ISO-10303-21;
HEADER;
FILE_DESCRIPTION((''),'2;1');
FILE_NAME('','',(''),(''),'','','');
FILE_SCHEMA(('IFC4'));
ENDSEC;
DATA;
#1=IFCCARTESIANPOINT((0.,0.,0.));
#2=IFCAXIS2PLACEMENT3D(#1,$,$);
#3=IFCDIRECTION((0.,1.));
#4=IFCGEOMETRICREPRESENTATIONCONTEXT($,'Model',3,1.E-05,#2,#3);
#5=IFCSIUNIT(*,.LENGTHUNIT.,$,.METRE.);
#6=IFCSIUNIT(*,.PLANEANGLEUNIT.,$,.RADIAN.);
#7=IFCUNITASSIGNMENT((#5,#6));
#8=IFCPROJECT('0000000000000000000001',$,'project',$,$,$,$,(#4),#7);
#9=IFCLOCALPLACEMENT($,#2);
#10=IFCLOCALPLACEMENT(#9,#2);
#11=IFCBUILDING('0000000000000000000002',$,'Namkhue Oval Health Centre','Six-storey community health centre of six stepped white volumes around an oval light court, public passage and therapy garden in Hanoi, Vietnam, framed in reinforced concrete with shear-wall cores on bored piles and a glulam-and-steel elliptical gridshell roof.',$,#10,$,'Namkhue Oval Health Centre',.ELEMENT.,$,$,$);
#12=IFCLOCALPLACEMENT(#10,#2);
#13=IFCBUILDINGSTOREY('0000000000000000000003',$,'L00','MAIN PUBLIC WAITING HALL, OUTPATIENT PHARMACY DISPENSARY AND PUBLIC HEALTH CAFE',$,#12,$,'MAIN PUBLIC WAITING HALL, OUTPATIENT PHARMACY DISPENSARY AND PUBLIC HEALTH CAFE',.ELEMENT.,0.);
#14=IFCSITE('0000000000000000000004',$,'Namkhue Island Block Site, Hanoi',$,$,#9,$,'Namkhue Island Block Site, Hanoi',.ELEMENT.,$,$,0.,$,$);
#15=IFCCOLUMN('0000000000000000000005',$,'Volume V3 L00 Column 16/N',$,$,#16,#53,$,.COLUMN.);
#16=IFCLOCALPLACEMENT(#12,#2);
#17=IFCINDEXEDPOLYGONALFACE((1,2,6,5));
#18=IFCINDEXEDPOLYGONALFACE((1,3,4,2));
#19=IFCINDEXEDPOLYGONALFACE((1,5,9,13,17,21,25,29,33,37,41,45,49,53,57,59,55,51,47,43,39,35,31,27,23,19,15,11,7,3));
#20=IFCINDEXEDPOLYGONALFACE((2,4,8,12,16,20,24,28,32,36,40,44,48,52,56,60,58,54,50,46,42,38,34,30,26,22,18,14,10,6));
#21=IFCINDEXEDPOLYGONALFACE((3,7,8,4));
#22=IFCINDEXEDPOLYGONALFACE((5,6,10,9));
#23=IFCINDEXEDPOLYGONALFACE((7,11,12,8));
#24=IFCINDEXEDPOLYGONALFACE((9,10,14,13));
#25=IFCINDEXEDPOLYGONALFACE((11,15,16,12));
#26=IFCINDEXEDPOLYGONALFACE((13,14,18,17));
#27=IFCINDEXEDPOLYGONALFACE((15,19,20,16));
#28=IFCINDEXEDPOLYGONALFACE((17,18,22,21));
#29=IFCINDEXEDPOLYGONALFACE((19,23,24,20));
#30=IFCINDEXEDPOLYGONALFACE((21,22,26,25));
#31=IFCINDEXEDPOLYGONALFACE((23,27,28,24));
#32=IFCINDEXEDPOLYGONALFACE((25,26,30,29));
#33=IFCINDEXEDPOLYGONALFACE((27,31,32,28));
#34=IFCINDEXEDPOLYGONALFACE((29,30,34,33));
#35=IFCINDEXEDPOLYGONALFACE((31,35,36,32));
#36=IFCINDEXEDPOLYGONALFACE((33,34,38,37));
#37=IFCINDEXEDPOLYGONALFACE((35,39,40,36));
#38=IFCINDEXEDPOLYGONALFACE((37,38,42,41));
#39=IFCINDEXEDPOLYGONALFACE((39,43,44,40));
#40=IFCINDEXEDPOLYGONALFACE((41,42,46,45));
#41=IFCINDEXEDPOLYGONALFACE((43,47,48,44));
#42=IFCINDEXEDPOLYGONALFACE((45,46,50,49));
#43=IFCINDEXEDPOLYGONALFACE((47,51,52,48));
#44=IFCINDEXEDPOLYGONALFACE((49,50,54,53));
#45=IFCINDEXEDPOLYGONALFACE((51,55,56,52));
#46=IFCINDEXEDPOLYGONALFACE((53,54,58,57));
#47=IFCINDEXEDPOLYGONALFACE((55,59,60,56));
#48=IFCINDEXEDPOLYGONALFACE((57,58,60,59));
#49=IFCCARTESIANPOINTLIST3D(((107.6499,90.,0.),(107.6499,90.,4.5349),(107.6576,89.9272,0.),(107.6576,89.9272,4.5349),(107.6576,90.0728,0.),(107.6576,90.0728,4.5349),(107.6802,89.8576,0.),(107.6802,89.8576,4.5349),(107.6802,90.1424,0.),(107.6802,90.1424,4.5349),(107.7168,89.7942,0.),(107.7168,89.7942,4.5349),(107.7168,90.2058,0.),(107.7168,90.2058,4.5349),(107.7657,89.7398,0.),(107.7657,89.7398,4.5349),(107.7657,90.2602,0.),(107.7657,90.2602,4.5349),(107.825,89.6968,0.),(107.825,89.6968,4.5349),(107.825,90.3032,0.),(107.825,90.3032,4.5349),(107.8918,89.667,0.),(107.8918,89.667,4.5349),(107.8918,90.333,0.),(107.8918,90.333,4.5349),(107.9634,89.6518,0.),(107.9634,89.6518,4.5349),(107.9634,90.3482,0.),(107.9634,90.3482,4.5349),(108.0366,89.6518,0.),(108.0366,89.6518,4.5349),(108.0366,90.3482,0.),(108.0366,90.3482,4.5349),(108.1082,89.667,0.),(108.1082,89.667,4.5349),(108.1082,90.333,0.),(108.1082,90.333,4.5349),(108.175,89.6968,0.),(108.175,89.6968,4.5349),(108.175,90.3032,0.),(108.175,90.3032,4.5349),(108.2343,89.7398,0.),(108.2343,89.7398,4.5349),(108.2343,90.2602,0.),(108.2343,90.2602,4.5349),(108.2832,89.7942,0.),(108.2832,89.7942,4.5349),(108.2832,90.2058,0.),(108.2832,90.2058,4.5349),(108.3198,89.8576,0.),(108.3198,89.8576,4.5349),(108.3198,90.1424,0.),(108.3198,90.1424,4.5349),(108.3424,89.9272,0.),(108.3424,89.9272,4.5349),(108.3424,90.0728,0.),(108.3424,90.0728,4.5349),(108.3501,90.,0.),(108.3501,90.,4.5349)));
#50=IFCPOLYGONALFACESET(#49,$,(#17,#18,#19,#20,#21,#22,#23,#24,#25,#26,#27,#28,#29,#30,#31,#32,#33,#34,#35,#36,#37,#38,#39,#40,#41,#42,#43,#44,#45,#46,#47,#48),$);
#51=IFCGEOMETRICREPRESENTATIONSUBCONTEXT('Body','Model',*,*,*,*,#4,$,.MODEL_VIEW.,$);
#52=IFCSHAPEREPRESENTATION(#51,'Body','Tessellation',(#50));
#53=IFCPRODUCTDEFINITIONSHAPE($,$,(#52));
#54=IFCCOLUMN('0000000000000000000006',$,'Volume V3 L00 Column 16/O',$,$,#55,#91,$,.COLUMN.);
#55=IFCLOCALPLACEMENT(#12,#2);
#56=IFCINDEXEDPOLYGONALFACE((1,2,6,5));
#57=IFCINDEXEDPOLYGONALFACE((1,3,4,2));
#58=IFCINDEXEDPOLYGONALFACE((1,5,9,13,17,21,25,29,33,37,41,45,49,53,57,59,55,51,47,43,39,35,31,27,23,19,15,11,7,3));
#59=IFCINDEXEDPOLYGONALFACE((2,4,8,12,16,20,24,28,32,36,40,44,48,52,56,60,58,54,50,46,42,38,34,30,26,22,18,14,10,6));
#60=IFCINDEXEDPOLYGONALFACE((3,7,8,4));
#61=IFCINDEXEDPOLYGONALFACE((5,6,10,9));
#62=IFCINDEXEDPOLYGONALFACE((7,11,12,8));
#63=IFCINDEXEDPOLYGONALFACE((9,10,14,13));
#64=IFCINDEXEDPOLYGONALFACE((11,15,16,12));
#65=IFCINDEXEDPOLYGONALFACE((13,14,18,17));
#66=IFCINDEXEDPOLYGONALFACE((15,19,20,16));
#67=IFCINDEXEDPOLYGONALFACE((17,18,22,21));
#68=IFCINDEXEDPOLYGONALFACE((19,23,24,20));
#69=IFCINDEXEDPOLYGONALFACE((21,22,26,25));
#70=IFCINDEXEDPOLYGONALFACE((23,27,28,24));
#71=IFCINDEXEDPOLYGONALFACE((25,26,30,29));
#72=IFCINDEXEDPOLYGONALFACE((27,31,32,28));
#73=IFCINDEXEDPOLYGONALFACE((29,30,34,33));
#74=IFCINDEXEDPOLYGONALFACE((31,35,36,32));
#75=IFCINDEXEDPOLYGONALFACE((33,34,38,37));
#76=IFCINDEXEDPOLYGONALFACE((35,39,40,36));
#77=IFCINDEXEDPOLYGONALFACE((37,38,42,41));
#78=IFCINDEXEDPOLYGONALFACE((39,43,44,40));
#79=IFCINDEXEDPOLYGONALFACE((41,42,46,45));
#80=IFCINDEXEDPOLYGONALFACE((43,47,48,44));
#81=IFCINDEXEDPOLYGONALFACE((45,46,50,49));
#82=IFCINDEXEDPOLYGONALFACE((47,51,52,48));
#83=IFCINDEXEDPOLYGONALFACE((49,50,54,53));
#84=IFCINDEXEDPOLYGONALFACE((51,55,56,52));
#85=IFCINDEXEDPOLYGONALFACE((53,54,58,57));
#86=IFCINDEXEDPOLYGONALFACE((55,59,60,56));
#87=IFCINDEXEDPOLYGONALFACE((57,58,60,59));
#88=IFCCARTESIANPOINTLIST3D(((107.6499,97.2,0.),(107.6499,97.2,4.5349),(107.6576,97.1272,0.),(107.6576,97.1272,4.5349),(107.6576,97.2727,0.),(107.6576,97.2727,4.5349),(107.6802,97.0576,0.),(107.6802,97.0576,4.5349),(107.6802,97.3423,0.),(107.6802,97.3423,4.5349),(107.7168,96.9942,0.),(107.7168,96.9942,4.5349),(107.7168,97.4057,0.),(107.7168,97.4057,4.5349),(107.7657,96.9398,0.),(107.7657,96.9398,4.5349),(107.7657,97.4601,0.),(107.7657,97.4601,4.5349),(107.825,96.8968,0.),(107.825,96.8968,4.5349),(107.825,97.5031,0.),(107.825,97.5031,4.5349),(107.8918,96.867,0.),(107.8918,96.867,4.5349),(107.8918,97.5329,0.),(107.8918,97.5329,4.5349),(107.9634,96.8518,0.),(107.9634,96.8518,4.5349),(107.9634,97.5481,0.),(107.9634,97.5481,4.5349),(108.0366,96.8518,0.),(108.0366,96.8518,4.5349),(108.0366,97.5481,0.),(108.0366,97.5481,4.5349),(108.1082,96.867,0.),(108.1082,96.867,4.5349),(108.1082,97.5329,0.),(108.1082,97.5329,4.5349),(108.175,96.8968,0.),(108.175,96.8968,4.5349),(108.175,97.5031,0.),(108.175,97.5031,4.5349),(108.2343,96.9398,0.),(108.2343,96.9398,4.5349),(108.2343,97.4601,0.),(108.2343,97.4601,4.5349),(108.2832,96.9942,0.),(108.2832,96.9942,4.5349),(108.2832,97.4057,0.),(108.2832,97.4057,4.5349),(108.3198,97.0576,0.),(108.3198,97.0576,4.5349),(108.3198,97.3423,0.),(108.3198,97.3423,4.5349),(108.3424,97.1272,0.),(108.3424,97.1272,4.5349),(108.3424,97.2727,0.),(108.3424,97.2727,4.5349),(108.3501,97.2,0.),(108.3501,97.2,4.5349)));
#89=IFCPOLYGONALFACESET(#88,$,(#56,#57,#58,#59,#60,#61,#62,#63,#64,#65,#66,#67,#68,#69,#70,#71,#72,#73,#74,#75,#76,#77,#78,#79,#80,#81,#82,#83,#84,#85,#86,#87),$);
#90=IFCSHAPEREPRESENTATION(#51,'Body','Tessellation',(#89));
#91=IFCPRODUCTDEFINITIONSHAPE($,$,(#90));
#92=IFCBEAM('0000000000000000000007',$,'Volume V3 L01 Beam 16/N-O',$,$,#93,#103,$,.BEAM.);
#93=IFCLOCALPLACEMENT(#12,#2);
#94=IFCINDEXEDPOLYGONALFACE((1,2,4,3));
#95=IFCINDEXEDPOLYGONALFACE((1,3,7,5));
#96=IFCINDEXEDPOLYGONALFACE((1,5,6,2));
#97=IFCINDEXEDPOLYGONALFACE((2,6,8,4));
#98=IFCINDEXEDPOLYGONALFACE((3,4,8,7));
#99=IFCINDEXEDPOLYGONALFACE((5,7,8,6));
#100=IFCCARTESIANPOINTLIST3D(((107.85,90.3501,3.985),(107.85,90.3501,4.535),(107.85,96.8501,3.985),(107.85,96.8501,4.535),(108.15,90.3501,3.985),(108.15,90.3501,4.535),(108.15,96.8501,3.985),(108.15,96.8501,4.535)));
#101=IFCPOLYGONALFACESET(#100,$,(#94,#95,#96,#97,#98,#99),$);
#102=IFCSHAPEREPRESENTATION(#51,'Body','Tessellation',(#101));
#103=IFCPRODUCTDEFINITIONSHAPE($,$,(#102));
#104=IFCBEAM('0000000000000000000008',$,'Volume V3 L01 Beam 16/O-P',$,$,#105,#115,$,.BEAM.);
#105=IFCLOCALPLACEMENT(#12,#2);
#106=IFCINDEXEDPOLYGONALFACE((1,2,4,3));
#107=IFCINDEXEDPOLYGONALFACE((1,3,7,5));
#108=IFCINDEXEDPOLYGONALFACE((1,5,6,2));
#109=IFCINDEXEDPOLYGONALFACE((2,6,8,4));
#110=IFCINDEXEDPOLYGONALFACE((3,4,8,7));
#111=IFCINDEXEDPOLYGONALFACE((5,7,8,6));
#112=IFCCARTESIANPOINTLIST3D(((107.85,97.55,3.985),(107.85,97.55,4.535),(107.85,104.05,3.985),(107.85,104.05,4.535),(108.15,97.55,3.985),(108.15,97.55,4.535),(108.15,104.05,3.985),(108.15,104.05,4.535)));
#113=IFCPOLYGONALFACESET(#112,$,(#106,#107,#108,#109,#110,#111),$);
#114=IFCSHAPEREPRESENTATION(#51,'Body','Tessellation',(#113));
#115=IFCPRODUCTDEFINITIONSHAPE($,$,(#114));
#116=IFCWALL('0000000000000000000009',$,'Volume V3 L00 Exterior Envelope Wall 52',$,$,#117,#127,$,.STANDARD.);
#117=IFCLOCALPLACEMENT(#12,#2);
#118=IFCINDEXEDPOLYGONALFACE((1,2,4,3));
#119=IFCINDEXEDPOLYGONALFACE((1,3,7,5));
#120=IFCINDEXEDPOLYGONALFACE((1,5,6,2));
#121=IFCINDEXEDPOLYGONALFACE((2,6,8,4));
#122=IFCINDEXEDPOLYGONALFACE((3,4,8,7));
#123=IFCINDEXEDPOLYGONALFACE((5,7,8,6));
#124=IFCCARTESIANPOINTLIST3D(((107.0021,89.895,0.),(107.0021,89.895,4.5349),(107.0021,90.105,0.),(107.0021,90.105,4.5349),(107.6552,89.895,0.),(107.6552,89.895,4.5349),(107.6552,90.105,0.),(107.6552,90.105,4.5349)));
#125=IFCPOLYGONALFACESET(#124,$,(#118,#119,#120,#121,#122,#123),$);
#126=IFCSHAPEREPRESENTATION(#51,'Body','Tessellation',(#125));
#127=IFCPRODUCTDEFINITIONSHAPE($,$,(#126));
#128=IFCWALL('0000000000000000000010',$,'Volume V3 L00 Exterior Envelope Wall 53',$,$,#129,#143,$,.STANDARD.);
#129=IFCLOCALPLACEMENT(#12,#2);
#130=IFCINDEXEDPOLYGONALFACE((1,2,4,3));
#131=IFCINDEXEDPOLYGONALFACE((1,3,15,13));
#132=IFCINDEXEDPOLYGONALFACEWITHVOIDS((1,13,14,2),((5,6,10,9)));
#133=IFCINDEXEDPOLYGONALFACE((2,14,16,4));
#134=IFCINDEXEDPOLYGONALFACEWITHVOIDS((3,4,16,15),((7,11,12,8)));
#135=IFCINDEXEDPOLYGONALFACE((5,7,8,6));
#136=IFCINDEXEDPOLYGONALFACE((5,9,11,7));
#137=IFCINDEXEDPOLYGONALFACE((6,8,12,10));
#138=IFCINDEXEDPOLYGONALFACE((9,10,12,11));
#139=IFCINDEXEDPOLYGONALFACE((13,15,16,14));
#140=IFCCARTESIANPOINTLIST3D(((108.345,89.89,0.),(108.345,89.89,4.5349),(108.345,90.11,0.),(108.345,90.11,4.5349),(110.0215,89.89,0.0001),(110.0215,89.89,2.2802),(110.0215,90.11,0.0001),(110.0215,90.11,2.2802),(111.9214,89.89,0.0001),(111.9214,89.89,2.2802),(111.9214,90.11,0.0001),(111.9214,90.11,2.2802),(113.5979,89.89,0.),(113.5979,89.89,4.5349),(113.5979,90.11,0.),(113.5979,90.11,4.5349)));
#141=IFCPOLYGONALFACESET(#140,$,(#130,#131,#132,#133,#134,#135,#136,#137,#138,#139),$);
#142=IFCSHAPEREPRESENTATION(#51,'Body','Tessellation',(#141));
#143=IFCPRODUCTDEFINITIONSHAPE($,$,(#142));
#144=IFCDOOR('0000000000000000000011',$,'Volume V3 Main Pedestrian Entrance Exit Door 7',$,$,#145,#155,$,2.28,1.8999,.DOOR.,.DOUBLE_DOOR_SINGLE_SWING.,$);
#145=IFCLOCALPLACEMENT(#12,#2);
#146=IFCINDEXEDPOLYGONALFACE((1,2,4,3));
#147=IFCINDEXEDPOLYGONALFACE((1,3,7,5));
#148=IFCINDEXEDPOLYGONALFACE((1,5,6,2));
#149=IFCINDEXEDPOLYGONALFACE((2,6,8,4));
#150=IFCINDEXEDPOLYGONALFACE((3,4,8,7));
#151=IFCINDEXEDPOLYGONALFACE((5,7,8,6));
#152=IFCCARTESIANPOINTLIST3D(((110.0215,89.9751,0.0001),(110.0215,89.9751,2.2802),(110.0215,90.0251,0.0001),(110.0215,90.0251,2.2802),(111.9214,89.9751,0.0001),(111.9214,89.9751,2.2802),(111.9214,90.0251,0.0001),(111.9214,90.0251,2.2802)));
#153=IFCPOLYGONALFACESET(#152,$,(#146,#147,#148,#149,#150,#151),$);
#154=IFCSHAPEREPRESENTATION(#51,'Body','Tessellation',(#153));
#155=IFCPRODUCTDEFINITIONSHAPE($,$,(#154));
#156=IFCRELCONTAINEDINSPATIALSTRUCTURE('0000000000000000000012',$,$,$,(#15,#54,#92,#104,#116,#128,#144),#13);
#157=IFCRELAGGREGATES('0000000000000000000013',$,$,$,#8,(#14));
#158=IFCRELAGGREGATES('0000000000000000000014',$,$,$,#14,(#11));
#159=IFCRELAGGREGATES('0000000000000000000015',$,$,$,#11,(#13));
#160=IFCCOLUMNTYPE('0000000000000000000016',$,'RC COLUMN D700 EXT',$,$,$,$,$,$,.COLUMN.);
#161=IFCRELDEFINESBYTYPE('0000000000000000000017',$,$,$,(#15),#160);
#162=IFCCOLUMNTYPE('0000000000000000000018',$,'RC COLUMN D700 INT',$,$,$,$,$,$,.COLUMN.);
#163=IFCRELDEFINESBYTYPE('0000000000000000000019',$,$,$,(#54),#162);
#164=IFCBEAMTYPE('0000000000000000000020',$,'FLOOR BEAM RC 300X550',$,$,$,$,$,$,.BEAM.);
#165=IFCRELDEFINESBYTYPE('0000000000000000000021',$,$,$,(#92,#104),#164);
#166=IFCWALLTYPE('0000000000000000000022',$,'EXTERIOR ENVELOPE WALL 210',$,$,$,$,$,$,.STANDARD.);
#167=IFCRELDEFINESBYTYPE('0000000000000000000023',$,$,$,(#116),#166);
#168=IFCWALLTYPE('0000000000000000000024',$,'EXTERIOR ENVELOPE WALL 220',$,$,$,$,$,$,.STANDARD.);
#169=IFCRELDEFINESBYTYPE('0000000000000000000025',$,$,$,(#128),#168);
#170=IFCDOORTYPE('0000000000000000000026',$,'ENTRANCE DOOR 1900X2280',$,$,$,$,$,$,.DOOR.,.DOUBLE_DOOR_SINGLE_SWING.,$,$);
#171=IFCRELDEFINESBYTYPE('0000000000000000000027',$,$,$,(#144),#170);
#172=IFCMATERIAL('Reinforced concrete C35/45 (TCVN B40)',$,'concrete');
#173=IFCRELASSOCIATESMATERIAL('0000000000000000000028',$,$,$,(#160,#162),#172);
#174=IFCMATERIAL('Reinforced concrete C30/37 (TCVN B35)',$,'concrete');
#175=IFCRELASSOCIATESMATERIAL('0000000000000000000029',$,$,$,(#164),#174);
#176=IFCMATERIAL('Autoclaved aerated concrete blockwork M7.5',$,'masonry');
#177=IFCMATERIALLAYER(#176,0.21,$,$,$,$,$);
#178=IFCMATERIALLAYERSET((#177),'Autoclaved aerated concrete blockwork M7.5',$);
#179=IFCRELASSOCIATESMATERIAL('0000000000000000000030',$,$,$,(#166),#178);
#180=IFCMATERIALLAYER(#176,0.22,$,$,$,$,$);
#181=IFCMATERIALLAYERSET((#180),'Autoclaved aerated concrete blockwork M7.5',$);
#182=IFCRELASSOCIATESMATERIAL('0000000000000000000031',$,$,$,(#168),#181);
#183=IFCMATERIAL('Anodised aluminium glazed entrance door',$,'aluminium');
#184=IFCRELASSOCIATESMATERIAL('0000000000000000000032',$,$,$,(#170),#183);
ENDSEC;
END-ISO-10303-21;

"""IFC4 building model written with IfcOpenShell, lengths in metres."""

from ifc_helpers import new_model, si_unit, direction, frame, frame_2d, origin, origin_2d, place, context, subcontext, project, spatial, rectangle, circle, extrude, material, layer, layer_set, material_profile, profile_set, type_object, element, fill, save


model = new_model("IFC4")

# Units and contexts
model_context = context("Model", 3, precision=1e-05, world=origin(), true_north=direction((0.0, 1.0)))
body_context = subcontext(model_context, "Body", "Model", "MODEL_VIEW")
ifc_project = project(units=[si_unit("LENGTHUNIT", "METRE"), si_unit("PLANEANGLEUNIT", "RADIAN")], contexts=[model_context])

# Site, building, storey
site_placement = place(None, origin())
site = spatial("IfcSite", under=ifc_project, at=site_placement, Name="Namkhue Island Block Site, Hanoi", LongName="Namkhue Island Block Site, Hanoi", CompositionType="ELEMENT", RefElevation=0.0)
building_placement = place(site_placement, origin())
building = spatial("IfcBuilding", under=site, at=building_placement, Name="Namkhue Oval Health Centre", Description="Six-storey community health centre of six stepped white volumes around an oval light court, public passage and therapy garden in Hanoi, Vietnam, framed in reinforced concrete with shear-wall cores on bored piles and a glulam-and-steel elliptical gridshell roof.", LongName="Namkhue Oval Health Centre", CompositionType="ELEMENT")
storey_placement = place(building_placement, origin())
storey = spatial("IfcBuildingStorey", under=building, at=storey_placement, Name="L00", Description="MAIN PUBLIC WAITING HALL, OUTPATIENT PHARMACY DISPENSARY AND PUBLIC HEALTH CAFE", LongName="MAIN PUBLIC WAITING HALL, OUTPATIENT PHARMACY DISPENSARY AND PUBLIC HEALTH CAFE", CompositionType="ELEMENT", Elevation=0.0)

# Columns
ifc_material_1 = material(Name="Reinforced concrete C35/45 (TCVN B40)", Category="concrete")
ifc_material_profile_1 = material_profile(ifc_material_1, circle(Radius=0.3501, at=origin_2d()), Name="RC D700")
ifc_profile_set_1 = profile_set([ifc_material_profile_1], Name="Reinforced concrete C35/45 (TCVN B40)")
column_type_1 = type_object("IfcColumnType", Name="RC COLUMN D700 EXT", PredefinedType="COLUMN", material=ifc_profile_set_1)
column_1_placement = place(storey_placement, frame((108.0, 90.0, 0.0), z_axis=(0.0, 0.0, 1.0), x_axis=(1.0, 0.0, 0.0)))
element("IfcColumn", 1, at=column_1_placement, inside=storey, type_object=column_type_1, Name="Volume V3 L00 Column 16/N", PredefinedType="COLUMN", context=body_context, shape_type="SweptSolid", body=[
    extrude(circle(Radius=0.3501, at=origin_2d()), origin(), (0.0, 0.0, 1.0), 4.5349),
])
ifc_material_profile_2 = material_profile(ifc_material_1, circle(Radius=0.3501, at=origin_2d()), Name="RC D700")
ifc_profile_set_2 = profile_set([ifc_material_profile_2], Name="Reinforced concrete C35/45 (TCVN B40)")
column_type_2 = type_object("IfcColumnType", Name="RC COLUMN D700 INT", PredefinedType="COLUMN", material=ifc_profile_set_2)
column_2_placement = place(storey_placement, frame((108.0, 97.2, 0.0), z_axis=(0.0, 0.0, 1.0), x_axis=(1.0, 0.0, 0.0)))
element("IfcColumn", 2, at=column_2_placement, inside=storey, type_object=column_type_2, Name="Volume V3 L00 Column 16/O", PredefinedType="COLUMN", context=body_context, shape_type="SweptSolid", body=[
    extrude(circle(Radius=0.3501, at=origin_2d()), origin(), (0.0, 0.0, 1.0), 4.5349),
])

# Beams
ifc_material_2 = material(Name="Reinforced concrete C30/37 (TCVN B35)", Category="concrete")
ifc_material_profile_3 = material_profile(ifc_material_2, rectangle(XDim=0.3, YDim=0.55, at=origin_2d()), Name="RC 300x550")
ifc_profile_set_3 = profile_set([ifc_material_profile_3], Name="Reinforced concrete C30/37 (TCVN B35)")
beam_type = type_object("IfcBeamType", Name="FLOOR BEAM RC 300X550", PredefinedType="BEAM", material=ifc_profile_set_3)
for number, where, z_axis, x_axis, name in (
    (3, (108.0, 90.3501, 4.26), (0.0, 1.0, 0.0), (-1.0, 0.0, 0.0), "Volume V3 L01 Beam 16/N-O"),
    (4, (108.0, 97.55, 4.26), (0.0, 1.0, 0.0), (-1.0, 0.0, 0.0), "Volume V3 L01 Beam 16/O-P"),
):
    element("IfcBeam", number, at=place(storey_placement, frame(where, z_axis=z_axis, x_axis=x_axis)), inside=storey, type_object=beam_type, Name=name, PredefinedType="BEAM", context=body_context, shape_type="SweptSolid", body=[
        extrude(rectangle(XDim=0.3, YDim=0.55, at=origin_2d()), origin(), (0.0, 0.0, 1.0), 6.5),
    ])

# Wall
ifc_material_3 = material(Name="Autoclaved aerated concrete blockwork M7.5", Category="masonry")
ifc_layer_1 = layer(ifc_material_3, 0.21)
ifc_layer_set_1 = layer_set([ifc_layer_1], Name="Autoclaved aerated concrete blockwork M7.5")
wall_type_1 = type_object("IfcWallType", Name="EXTERIOR ENVELOPE WALL 210", PredefinedType="STANDARD", material=ifc_layer_set_1)
wall_1_placement = place(storey_placement, frame((107.002, 90.0, 0.0), z_axis=(0.0, 0.0, 1.0), x_axis=(1.0, 0.0, 0.0)))
element("IfcWall", 5, at=wall_1_placement, inside=storey, type_object=wall_type_1, Name="Volume V3 L00 Exterior Envelope Wall 52", PredefinedType="STANDARD", context=body_context, shape_type="SweptSolid", body=[
    extrude(rectangle(XDim=0.6531, YDim=0.21, at=frame_2d((0.3267, 0.0))), origin(), (0.0, 0.0, 1.0), 4.5349),
])

# Wall, opening, door
ifc_layer_2 = layer(ifc_material_3, 0.22)
ifc_layer_set_2 = layer_set([ifc_layer_2], Name="Autoclaved aerated concrete blockwork M7.5")
wall_type_2 = type_object("IfcWallType", Name="EXTERIOR ENVELOPE WALL 220", PredefinedType="STANDARD", material=ifc_layer_set_2)
wall_2_placement = place(storey_placement, frame((108.345, 90.0, 0.0), z_axis=(0.0, 0.0, 1.0), x_axis=(1.0, 0.0, 0.0)))
wall_2 = element("IfcWall", 6, at=wall_2_placement, inside=storey, type_object=wall_type_2, Name="Volume V3 L00 Exterior Envelope Wall 53", PredefinedType="STANDARD", context=body_context, shape_type="SweptSolid", body=[
    extrude(rectangle(XDim=5.2529, YDim=0.22, at=frame_2d((2.6265, 0.0))), origin(), (0.0, 0.0, 1.0), 4.5349),
])
opening_1_placement = place(wall_2_placement, frame((1.6765, 0.0, 0.0)))
opening_1 = element("IfcOpeningElement", 7, at=opening_1_placement, cuts=wall_2, PredefinedType="OPENING", context=body_context, shape_type="SweptSolid", body=[
    extrude(rectangle(XDim=1.8999, YDim=2.28, at=frame_2d((0.95, 1.1401))), frame((0.0, 0.1199, 0.0), z_axis=(0.0, -1.0, 0.0), x_axis=(1.0, 0.0, 0.0)), (0.0, 0.0, 1.0), 0.24),
])
ifc_material_4 = material(Name="Anodised aluminium glazed entrance door", Category="aluminium")
door_type_1 = type_object("IfcDoorType", Name="ENTRANCE DOOR 1900X2280", OperationType="DOUBLE_DOOR_SINGLE_SWING", PredefinedType="DOOR", material=ifc_material_4)
door_1_placement = place(opening_1_placement, frame((1.8999, 0.0, 0.0), z_axis=(0.0, 0.0, 1.0), x_axis=(-1.0, 0.0, 0.0)))
door_1 = element("IfcDoor", 8, at=door_1_placement, inside=storey, type_object=door_type_1, Name="Volume V3 Main Pedestrian Entrance Exit Door 7", OperationType="DOUBLE_DOOR_SINGLE_SWING", OverallHeight=2.28, OverallWidth=1.8999, PredefinedType="DOOR", context=body_context, shape_type="SweptSolid", body=[
    extrude(rectangle(XDim=1.8999, YDim=2.28, at=frame_2d((0.95, 1.1401))), frame((0.0, 0.0249, 0.0), z_axis=(0.0, -1.0, 0.0), x_axis=(1.0, 0.0, 0.0)), (0.0, 0.0, 1.0), 0.05),
])
fill(opening_1, door_1)

save(model, "model.ifc")
